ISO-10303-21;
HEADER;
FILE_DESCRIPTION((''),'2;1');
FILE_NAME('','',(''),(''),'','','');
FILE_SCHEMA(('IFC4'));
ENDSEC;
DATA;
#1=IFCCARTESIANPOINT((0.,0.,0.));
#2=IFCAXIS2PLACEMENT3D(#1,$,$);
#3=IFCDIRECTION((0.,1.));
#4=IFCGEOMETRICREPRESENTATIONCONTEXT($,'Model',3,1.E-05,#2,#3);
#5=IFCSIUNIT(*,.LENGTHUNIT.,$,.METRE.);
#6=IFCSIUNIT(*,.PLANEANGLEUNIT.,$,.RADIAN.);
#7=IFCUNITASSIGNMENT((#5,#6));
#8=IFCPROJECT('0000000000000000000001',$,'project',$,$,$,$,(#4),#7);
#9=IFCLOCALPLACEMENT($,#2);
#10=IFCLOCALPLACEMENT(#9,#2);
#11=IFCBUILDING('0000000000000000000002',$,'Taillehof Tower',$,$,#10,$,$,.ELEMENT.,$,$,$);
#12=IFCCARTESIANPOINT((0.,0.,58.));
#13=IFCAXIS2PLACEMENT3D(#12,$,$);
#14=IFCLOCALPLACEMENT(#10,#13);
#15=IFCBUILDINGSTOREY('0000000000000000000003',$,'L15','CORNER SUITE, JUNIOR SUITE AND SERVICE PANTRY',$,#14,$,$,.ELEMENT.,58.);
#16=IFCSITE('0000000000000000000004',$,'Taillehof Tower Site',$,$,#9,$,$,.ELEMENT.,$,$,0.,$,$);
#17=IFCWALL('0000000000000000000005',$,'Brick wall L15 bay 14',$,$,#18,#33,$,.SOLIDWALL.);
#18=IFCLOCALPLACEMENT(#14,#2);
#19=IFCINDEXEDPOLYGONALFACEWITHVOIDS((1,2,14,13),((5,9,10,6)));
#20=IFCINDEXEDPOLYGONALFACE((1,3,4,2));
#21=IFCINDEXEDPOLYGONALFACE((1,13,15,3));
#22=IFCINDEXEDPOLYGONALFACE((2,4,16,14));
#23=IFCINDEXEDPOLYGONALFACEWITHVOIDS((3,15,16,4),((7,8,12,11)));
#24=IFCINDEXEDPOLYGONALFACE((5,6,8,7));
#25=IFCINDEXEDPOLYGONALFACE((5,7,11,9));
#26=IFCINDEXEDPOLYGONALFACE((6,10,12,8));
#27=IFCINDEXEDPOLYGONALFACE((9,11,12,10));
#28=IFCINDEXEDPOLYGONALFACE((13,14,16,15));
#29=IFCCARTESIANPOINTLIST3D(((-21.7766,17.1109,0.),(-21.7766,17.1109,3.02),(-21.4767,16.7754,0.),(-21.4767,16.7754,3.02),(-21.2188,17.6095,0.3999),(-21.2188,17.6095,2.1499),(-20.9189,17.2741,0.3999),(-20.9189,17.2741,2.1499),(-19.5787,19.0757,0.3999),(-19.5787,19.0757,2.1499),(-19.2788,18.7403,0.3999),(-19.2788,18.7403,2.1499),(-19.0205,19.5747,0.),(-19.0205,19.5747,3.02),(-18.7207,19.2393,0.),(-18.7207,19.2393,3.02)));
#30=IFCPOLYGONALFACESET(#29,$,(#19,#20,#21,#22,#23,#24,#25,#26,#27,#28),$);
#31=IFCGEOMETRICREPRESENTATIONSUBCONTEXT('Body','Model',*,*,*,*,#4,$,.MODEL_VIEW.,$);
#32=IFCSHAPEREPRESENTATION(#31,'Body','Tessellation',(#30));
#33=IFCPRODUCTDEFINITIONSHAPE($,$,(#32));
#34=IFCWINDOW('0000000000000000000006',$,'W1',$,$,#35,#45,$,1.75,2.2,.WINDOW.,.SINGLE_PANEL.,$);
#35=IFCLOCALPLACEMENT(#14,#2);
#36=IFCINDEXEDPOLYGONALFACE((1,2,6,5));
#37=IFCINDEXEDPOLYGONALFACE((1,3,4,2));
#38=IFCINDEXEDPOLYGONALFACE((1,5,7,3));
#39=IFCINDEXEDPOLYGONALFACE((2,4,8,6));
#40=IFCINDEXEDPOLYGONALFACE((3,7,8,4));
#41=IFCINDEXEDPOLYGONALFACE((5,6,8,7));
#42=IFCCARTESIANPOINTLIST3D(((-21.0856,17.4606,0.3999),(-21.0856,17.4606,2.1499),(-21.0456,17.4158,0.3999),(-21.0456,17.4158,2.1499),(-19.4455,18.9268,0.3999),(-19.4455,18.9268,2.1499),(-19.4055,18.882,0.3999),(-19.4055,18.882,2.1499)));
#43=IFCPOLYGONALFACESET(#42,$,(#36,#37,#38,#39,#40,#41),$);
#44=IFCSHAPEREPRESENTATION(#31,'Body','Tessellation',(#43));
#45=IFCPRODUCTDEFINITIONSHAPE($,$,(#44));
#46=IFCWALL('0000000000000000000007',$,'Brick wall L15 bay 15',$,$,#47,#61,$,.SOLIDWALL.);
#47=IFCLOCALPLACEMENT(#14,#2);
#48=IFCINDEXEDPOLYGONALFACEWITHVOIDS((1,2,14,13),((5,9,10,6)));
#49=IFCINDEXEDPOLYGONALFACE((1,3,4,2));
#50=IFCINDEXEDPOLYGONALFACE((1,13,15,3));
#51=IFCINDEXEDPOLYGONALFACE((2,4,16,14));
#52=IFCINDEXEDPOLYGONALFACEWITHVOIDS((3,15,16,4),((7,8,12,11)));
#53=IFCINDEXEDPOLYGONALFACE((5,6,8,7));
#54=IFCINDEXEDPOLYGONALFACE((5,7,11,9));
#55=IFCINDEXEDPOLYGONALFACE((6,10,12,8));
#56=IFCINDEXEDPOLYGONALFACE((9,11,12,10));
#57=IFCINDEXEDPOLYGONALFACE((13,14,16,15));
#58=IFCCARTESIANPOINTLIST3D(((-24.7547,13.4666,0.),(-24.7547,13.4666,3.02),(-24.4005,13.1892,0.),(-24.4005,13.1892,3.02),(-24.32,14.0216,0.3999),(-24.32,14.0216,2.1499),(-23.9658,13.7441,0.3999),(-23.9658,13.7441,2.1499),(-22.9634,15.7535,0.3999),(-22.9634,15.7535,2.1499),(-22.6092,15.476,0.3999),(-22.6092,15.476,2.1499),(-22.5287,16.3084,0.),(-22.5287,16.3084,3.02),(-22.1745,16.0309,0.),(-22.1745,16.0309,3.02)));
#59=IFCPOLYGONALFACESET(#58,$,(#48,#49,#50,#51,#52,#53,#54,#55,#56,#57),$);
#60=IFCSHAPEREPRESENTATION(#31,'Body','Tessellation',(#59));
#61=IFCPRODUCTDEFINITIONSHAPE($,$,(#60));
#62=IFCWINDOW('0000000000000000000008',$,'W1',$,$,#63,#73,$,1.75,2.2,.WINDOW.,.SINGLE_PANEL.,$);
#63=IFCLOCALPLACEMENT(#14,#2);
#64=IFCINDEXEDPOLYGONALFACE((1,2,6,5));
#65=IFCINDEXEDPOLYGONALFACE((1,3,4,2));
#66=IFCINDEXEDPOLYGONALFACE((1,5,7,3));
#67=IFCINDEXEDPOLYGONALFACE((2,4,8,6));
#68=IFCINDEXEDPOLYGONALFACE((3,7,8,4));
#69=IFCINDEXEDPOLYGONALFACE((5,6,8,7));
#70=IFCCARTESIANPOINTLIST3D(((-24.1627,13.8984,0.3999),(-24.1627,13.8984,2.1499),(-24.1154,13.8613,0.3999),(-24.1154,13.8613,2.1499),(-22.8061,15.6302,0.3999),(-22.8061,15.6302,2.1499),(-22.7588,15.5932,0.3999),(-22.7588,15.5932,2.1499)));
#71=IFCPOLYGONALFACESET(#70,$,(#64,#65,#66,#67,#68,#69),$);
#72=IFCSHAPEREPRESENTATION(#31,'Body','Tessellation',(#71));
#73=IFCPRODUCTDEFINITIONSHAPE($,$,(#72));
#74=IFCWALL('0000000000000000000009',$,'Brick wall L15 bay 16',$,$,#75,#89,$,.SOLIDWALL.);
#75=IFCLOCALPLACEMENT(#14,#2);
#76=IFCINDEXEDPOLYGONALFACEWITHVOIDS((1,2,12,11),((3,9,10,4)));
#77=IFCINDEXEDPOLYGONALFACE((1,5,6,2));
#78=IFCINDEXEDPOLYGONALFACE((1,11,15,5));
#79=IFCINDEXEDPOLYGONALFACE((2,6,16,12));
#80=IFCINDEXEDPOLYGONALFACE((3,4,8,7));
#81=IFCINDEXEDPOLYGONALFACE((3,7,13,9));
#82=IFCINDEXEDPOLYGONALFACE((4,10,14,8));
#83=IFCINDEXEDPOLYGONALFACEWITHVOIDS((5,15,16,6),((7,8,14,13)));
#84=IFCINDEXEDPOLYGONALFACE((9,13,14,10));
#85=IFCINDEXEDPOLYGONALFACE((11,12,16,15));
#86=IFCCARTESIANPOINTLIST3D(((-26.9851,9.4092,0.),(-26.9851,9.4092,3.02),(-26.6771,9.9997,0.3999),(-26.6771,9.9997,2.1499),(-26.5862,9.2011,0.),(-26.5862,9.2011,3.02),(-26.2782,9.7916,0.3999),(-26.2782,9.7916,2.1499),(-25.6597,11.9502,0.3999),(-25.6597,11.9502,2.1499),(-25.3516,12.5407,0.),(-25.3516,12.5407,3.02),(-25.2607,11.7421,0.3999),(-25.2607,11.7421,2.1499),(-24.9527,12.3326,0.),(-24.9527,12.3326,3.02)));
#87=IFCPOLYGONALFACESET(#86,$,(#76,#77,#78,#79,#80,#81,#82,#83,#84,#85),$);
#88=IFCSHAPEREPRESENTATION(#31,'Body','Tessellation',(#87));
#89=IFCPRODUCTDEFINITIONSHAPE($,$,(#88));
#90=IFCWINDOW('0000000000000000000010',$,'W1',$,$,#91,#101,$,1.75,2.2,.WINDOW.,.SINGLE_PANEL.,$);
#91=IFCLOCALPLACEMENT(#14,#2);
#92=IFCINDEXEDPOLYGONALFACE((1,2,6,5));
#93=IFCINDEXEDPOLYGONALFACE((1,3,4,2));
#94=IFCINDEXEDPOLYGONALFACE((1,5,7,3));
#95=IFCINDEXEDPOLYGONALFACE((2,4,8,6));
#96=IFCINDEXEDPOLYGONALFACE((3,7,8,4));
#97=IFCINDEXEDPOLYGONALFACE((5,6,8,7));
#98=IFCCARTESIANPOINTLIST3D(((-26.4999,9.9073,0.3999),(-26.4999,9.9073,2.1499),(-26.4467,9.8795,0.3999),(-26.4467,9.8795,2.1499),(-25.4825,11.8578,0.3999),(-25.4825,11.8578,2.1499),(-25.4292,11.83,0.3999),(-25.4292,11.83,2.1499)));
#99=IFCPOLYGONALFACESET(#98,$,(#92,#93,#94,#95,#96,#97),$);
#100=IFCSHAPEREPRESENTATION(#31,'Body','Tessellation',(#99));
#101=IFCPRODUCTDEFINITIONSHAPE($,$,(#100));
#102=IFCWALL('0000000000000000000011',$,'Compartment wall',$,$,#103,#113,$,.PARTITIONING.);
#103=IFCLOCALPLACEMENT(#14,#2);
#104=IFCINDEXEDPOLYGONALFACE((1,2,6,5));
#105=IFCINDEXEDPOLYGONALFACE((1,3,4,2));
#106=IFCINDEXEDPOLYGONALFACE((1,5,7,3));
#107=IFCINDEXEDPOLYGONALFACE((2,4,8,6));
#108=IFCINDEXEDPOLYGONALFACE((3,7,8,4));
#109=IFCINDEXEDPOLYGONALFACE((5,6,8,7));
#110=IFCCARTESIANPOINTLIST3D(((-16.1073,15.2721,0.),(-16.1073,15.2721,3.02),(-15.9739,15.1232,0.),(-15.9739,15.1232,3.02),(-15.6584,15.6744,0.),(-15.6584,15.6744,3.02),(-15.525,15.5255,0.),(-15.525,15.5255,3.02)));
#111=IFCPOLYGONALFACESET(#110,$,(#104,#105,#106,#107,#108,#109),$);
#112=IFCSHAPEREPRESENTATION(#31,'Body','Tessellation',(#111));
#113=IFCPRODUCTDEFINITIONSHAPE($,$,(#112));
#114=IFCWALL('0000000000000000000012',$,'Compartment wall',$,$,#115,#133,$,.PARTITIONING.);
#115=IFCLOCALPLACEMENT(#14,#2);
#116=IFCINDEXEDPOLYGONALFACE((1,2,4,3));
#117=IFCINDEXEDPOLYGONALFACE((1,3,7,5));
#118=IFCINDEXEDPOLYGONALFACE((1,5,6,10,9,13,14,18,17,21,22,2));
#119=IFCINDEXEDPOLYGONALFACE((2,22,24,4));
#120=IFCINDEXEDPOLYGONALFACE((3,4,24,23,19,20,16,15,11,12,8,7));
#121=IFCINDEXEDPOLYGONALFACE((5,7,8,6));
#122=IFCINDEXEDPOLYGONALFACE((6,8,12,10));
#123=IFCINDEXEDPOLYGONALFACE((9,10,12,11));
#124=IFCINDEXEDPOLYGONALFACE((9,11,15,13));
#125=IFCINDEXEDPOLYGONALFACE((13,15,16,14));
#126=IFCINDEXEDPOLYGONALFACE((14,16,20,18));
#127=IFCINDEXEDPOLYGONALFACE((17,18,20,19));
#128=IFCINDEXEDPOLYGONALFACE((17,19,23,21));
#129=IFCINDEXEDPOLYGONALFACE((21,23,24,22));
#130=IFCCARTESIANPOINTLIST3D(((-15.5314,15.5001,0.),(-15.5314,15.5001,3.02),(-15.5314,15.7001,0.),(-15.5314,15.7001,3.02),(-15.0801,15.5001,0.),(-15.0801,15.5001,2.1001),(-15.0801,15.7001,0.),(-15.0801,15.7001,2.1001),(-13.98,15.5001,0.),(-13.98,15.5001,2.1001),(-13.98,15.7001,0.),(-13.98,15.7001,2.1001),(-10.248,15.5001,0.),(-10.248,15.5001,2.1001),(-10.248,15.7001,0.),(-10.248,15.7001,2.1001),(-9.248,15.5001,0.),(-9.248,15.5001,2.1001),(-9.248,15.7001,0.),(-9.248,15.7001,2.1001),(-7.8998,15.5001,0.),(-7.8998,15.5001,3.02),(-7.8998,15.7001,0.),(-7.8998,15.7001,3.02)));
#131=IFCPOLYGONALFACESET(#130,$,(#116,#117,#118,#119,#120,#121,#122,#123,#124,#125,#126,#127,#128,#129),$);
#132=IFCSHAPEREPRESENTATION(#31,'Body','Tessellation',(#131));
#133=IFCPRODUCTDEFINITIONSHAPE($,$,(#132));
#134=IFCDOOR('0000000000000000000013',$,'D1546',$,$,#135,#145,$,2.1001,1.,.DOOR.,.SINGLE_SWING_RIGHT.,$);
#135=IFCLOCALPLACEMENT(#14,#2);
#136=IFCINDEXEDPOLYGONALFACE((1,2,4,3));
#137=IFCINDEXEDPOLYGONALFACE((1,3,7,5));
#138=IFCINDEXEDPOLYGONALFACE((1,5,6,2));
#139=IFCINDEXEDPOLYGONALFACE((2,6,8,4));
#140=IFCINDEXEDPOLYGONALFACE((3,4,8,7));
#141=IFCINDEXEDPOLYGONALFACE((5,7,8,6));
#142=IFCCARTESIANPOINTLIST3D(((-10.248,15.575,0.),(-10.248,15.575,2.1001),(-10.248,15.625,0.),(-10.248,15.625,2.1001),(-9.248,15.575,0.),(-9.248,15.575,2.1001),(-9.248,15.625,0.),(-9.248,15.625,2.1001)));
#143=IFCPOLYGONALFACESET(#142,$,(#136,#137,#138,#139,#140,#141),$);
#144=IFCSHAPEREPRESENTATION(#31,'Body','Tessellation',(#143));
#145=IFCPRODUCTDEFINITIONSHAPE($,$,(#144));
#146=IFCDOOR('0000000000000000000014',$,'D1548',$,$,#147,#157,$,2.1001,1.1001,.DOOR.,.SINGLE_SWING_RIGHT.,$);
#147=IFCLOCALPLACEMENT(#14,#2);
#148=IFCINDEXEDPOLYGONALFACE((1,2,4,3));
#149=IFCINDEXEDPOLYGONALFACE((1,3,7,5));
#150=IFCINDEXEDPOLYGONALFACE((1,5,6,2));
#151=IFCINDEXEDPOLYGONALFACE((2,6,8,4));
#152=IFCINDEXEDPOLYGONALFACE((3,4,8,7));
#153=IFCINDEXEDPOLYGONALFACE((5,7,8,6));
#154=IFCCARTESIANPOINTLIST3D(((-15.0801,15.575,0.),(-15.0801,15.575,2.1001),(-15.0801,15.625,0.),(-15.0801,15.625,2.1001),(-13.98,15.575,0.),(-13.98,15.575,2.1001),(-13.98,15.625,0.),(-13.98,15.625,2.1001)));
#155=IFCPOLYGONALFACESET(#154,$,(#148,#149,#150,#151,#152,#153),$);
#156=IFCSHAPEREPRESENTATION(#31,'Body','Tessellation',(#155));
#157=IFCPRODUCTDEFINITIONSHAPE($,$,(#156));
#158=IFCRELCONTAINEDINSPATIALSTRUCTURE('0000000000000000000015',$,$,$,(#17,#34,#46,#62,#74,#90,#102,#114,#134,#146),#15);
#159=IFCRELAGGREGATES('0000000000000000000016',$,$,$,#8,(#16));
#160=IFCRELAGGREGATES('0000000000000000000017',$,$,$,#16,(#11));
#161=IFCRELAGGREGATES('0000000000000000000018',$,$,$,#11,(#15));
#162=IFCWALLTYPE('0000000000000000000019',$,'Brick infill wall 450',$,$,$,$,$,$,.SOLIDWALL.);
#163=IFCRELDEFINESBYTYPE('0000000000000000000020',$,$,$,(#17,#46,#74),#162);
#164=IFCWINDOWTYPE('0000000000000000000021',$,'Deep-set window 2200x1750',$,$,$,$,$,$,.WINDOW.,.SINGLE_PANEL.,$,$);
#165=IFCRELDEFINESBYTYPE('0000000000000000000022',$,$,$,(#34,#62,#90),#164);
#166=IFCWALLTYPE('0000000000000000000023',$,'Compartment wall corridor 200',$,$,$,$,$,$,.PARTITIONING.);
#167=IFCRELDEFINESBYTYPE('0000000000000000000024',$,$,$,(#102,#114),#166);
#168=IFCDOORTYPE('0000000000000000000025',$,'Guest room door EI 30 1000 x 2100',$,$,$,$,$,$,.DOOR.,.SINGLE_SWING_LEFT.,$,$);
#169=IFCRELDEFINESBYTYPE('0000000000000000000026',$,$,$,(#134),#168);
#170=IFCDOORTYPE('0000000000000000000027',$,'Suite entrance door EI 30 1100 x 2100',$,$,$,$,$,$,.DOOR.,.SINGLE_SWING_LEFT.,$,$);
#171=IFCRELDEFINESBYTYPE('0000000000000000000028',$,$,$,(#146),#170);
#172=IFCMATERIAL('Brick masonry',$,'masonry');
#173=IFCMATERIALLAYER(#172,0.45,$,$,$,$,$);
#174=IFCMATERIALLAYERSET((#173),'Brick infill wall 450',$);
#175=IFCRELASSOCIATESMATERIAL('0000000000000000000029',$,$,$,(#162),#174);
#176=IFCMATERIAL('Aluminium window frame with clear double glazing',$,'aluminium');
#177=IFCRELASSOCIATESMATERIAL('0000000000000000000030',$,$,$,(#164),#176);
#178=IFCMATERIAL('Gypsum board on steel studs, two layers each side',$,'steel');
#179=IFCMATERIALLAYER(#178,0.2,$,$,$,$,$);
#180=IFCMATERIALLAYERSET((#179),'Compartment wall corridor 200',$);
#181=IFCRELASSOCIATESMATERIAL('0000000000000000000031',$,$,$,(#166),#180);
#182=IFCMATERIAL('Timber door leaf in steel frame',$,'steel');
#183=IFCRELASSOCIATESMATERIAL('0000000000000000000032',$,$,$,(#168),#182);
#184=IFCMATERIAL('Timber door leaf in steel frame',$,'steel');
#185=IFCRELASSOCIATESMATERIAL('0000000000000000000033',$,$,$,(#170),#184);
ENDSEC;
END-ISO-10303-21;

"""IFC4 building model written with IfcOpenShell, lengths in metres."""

from ifc_helpers import new_model, si_unit, direction, frame, frame_2d, origin, place, context, subcontext, project, spatial, rectangle, extrude, material, layer, layer_set, type_object, element, fill, save


model = new_model("IFC4")

# Units and contexts
model_context = context("Model", 3, precision=1e-05, world=origin(), true_north=direction((0.0, 1.0)))
body_context = subcontext(model_context, "Body", "Model", "MODEL_VIEW")
ifc_project = project(units=[si_unit("LENGTHUNIT", "METRE"), si_unit("PLANEANGLEUNIT", "RADIAN")], contexts=[model_context])

# Site, building, storey
site_placement = place(None, origin())
site = spatial("IfcSite", under=ifc_project, at=site_placement, Name="Taillehof Tower Site", CompositionType="ELEMENT", RefElevation=0.0)
building_placement = place(site_placement, origin())
building = spatial("IfcBuilding", under=site, at=building_placement, Name="Taillehof Tower", CompositionType="ELEMENT")
storey_placement = place(building_placement, frame((0.0, 0.0, 58.0)))
storey = spatial("IfcBuildingStorey", under=building, at=storey_placement, Name="L15", Description="CORNER SUITE, JUNIOR SUITE AND SERVICE PANTRY", CompositionType="ELEMENT", Elevation=58.0)

# Walls, openings, windows
ifc_material_1 = material(Name="Brick masonry", Category="masonry")
ifc_layer_1 = layer(ifc_material_1, 0.45)
ifc_layer_set_1 = layer_set([ifc_layer_1], Name="Brick infill wall 450")
wall_type_1 = type_object("IfcWallType", Name="Brick infill wall 450", PredefinedType="SOLIDWALL", material=ifc_layer_set_1)
ifc_material_2 = material(Name="Aluminium window frame with clear double glazing", Category="aluminium")
window_type = type_object("IfcWindowType", Name="Deep-set window 2200x1750", PartitioningType="SINGLE_PANEL", PredefinedType="WINDOW", material=ifc_material_2)
wall_1_placement = place(storey_placement, frame((-18.8706, 19.407, 0.0), z_axis=(0.0, 0.0, 1.0), x_axis=(-0.745526, -0.666476, 0.0)))
wall_1 = element("IfcWall", 1, at=wall_1_placement, inside=storey, type_object=wall_type_1, Name="Brick wall L15 bay 14", PredefinedType="SOLIDWALL", context=body_context, shape_type="SweptSolid", body=[
    extrude(rectangle(XDim=3.6968, YDim=0.45, at=frame_2d((1.8484, 0.0))), origin(), (0.0, 0.0, 1.0), 3.02),
])
opening_1_placement = place(wall_1_placement, frame((0.7485, 0.0, 0.3999)))
opening_1 = element("IfcOpeningElement", 2, at=opening_1_placement, cuts=wall_1, PredefinedType="OPENING", context=body_context, shape_type="SweptSolid", body=[
    extrude(rectangle(XDim=2.2, YDim=1.75, at=frame_2d((1.1001, 0.875))), frame((0.0, 0.2349, 0.0), z_axis=(0.0, -1.0, 0.0), x_axis=(1.0, 0.0, 0.0)), (0.0, 0.0, 1.0), 0.47),
])
window_1_placement = place(opening_1_placement, origin())
window_1 = element("IfcWindow", 3, at=window_1_placement, inside=storey, type_object=window_type, Name="W1", OverallHeight=1.75, OverallWidth=2.2, PartitioningType="SINGLE_PANEL", PredefinedType="WINDOW", context=body_context, shape_type="SweptSolid", body=[
    extrude(rectangle(XDim=2.2, YDim=1.75, at=frame_2d((1.1001, 0.875))), frame((0.0, 0.0349, 0.0), z_axis=(0.0, -1.0, 0.0), x_axis=(1.0, 0.0, 0.0)), (0.0, 0.0, 1.0), 0.0601),
])
fill(opening_1, window_1)
wall_2_placement = place(storey_placement, frame((-22.3516, 16.1697, 0.0), z_axis=(0.0, 0.0, 1.0), x_axis=(-0.616662, -0.787228, 0.0)))
wall_2 = element("IfcWall", 4, at=wall_2_placement, inside=storey, type_object=wall_type_1, Name="Brick wall L15 bay 15", PredefinedType="SOLIDWALL", context=body_context, shape_type="SweptSolid", body=[
    extrude(rectangle(XDim=3.6099, YDim=0.45, at=frame_2d((1.8049, 0.0))), origin(), (0.0, 0.0, 1.0), 3.02),
])
opening_2_placement = place(wall_2_placement, frame((0.7048, 0.0, 0.3999)))
opening_2 = element("IfcOpeningElement", 5, at=opening_2_placement, cuts=wall_2, PredefinedType="OPENING", context=body_context, shape_type="SweptSolid", body=[
    extrude(rectangle(XDim=2.2, YDim=1.75, at=frame_2d((1.1001, 0.875))), frame((0.0, 0.2349, 0.0), z_axis=(0.0, -1.0, 0.0), x_axis=(1.0, 0.0, 0.0)), (0.0, 0.0, 1.0), 0.47),
])
window_2_placement = place(opening_2_placement, origin())
window_2 = element("IfcWindow", 6, at=window_2_placement, inside=storey, type_object=window_type, Name="W1", OverallHeight=1.75, OverallWidth=2.2, PartitioningType="SINGLE_PANEL", PredefinedType="WINDOW", context=body_context, shape_type="SweptSolid", body=[
    extrude(rectangle(XDim=2.2, YDim=1.75, at=frame_2d((1.1001, 0.875))), frame((0.0, 0.0349, 0.0), z_axis=(0.0, -1.0, 0.0), x_axis=(1.0, 0.0, 0.0)), (0.0, 0.0, 1.0), 0.0601),
])
fill(opening_2, window_2)
wall_3_placement = place(storey_placement, frame((-25.1521, 12.4368, 0.0), z_axis=(0.0, 0.0, 1.0), x_axis=(-0.462493, -0.886623, 0.0)))
wall_3 = element("IfcWall", 7, at=wall_3_placement, inside=storey, type_object=wall_type_1, Name="Brick wall L15 bay 16", PredefinedType="SOLIDWALL", context=body_context, shape_type="SweptSolid", body=[
    extrude(rectangle(XDim=3.532, YDim=0.45, at=frame_2d((1.7661, 0.0))), origin(), (0.0, 0.0, 1.0), 3.02),
])
opening_3_placement = place(wall_3_placement, frame((0.666, 0.0, 0.3999)))
opening_3 = element("IfcOpeningElement", 8, at=opening_3_placement, cuts=wall_3, PredefinedType="OPENING", context=body_context, shape_type="SweptSolid", body=[
    extrude(rectangle(XDim=2.2, YDim=1.75, at=frame_2d((1.1001, 0.875))), frame((0.0, 0.2349, 0.0), z_axis=(0.0, -1.0, 0.0), x_axis=(1.0, 0.0, 0.0)), (0.0, 0.0, 1.0), 0.47),
])
window_3_placement = place(opening_3_placement, origin())
window_3 = element("IfcWindow", 9, at=window_3_placement, inside=storey, type_object=window_type, Name="W1", OverallHeight=1.75, OverallWidth=2.2, PartitioningType="SINGLE_PANEL", PredefinedType="WINDOW", context=body_context, shape_type="SweptSolid", body=[
    extrude(rectangle(XDim=2.2, YDim=1.75, at=frame_2d((1.1001, 0.875))), frame((0.0, 0.0349, 0.0), z_axis=(0.0, -1.0, 0.0), x_axis=(1.0, 0.0, 0.0)), (0.0, 0.0, 1.0), 0.0601),
])
fill(opening_3, window_3)

# Wall
ifc_material_3 = material(Name="Gypsum board on steel studs, two layers each side", Category="steel")
ifc_layer_2 = layer(ifc_material_3, 0.2)
ifc_layer_set_2 = layer_set([ifc_layer_2], Name="Compartment wall corridor 200")
wall_type_2 = type_object("IfcWallType", Name="Compartment wall corridor 200", PredefinedType="PARTITIONING", material=ifc_layer_set_2)
wall_4_placement = place(storey_placement, frame((-16.0405, 15.1978, 0.0), z_axis=(0.0, 0.0, 1.0), x_axis=(0.744722, 0.667375, 0.0)))
element("IfcWall", 10, at=wall_4_placement, inside=storey, type_object=wall_type_2, Name="Compartment wall", PredefinedType="PARTITIONING", context=body_context, shape_type="SweptSolid", body=[
    extrude(rectangle(XDim=0.6028, YDim=0.2, at=frame_2d((0.3013, 0.0))), origin(), (0.0, 0.0, 1.0), 3.02),
])

# Wall, openings, doors
wall_5_placement = place(storey_placement, frame((-15.5315, 15.6001, 0.0), z_axis=(0.0, 0.0, 1.0), x_axis=(1.0, 0.0, 0.0)))
wall_5 = element("IfcWall", 11, at=wall_5_placement, inside=storey, type_object=wall_type_2, Name="Compartment wall", PredefinedType="PARTITIONING", context=body_context, shape_type="SweptSolid", body=[
    extrude(rectangle(XDim=7.6316, YDim=0.2, at=frame_2d((3.8159, 0.0))), origin(), (0.0, 0.0, 1.0), 3.02),
])
opening_4_placement = place(wall_5_placement, frame((5.2834, 0.0, 0.0)))
opening_4 = element("IfcOpeningElement", 12, at=opening_4_placement, cuts=wall_5, PredefinedType="OPENING", context=body_context, shape_type="SweptSolid", body=[
    extrude(rectangle(XDim=1.0, YDim=2.1001, at=frame_2d((0.5, 1.05))), frame((0.0, 0.1099, 0.0), z_axis=(0.0, -1.0, 0.0), x_axis=(1.0, 0.0, 0.0)), (0.0, 0.0, 1.0), 0.22),
])
opening_5_placement = place(wall_5_placement, frame((0.4514, 0.0, 0.0)))
opening_5 = element("IfcOpeningElement", 13, at=opening_5_placement, cuts=wall_5, PredefinedType="OPENING", context=body_context, shape_type="SweptSolid", body=[
    extrude(rectangle(XDim=1.1001, YDim=2.1001, at=frame_2d((0.55, 1.05))), frame((0.0, 0.1099, 0.0), z_axis=(0.0, -1.0, 0.0), x_axis=(1.0, 0.0, 0.0)), (0.0, 0.0, 1.0), 0.22),
])
ifc_material_4 = material(Name="Timber door leaf in steel frame", Category="steel")
door_type_1 = type_object("IfcDoorType", Name="Guest room door EI 30 1000 x 2100", OperationType="SINGLE_SWING_LEFT", PredefinedType="DOOR", material=ifc_material_4)
door_1_placement = place(opening_4_placement, origin())
door_1 = element("IfcDoor", 14, at=door_1_placement, inside=storey, type_object=door_type_1, Name="D1546", OperationType="SINGLE_SWING_RIGHT", OverallHeight=2.1001, OverallWidth=1.0, PredefinedType="DOOR", context=body_context, shape_type="SweptSolid", body=[
    extrude(rectangle(XDim=1.0, YDim=2.1001, at=frame_2d((0.5, 1.05))), frame((0.0, 0.0249, 0.0), z_axis=(0.0, -1.0, 0.0), x_axis=(1.0, 0.0, 0.0)), (0.0, 0.0, 1.0), 0.05),
])
fill(opening_4, door_1)
ifc_material_5 = material(Name="Timber door leaf in steel frame", Category="steel")
door_type_2 = type_object("IfcDoorType", Name="Suite entrance door EI 30 1100 x 2100", OperationType="SINGLE_SWING_LEFT", PredefinedType="DOOR", material=ifc_material_5)
door_2_placement = place(opening_5_placement, origin())
door_2 = element("IfcDoor", 15, at=door_2_placement, inside=storey, type_object=door_type_2, Name="D1548", OperationType="SINGLE_SWING_RIGHT", OverallHeight=2.1001, OverallWidth=1.1001, PredefinedType="DOOR", context=body_context, shape_type="SweptSolid", body=[
    extrude(rectangle(XDim=1.1001, YDim=2.1001, at=frame_2d((0.55, 1.05))), frame((0.0, 0.0249, 0.0), z_axis=(0.0, -1.0, 0.0), x_axis=(1.0, 0.0, 0.0)), (0.0, 0.0, 1.0), 0.05),
])
fill(opening_5, door_2)

save(model, "model.ifc")
